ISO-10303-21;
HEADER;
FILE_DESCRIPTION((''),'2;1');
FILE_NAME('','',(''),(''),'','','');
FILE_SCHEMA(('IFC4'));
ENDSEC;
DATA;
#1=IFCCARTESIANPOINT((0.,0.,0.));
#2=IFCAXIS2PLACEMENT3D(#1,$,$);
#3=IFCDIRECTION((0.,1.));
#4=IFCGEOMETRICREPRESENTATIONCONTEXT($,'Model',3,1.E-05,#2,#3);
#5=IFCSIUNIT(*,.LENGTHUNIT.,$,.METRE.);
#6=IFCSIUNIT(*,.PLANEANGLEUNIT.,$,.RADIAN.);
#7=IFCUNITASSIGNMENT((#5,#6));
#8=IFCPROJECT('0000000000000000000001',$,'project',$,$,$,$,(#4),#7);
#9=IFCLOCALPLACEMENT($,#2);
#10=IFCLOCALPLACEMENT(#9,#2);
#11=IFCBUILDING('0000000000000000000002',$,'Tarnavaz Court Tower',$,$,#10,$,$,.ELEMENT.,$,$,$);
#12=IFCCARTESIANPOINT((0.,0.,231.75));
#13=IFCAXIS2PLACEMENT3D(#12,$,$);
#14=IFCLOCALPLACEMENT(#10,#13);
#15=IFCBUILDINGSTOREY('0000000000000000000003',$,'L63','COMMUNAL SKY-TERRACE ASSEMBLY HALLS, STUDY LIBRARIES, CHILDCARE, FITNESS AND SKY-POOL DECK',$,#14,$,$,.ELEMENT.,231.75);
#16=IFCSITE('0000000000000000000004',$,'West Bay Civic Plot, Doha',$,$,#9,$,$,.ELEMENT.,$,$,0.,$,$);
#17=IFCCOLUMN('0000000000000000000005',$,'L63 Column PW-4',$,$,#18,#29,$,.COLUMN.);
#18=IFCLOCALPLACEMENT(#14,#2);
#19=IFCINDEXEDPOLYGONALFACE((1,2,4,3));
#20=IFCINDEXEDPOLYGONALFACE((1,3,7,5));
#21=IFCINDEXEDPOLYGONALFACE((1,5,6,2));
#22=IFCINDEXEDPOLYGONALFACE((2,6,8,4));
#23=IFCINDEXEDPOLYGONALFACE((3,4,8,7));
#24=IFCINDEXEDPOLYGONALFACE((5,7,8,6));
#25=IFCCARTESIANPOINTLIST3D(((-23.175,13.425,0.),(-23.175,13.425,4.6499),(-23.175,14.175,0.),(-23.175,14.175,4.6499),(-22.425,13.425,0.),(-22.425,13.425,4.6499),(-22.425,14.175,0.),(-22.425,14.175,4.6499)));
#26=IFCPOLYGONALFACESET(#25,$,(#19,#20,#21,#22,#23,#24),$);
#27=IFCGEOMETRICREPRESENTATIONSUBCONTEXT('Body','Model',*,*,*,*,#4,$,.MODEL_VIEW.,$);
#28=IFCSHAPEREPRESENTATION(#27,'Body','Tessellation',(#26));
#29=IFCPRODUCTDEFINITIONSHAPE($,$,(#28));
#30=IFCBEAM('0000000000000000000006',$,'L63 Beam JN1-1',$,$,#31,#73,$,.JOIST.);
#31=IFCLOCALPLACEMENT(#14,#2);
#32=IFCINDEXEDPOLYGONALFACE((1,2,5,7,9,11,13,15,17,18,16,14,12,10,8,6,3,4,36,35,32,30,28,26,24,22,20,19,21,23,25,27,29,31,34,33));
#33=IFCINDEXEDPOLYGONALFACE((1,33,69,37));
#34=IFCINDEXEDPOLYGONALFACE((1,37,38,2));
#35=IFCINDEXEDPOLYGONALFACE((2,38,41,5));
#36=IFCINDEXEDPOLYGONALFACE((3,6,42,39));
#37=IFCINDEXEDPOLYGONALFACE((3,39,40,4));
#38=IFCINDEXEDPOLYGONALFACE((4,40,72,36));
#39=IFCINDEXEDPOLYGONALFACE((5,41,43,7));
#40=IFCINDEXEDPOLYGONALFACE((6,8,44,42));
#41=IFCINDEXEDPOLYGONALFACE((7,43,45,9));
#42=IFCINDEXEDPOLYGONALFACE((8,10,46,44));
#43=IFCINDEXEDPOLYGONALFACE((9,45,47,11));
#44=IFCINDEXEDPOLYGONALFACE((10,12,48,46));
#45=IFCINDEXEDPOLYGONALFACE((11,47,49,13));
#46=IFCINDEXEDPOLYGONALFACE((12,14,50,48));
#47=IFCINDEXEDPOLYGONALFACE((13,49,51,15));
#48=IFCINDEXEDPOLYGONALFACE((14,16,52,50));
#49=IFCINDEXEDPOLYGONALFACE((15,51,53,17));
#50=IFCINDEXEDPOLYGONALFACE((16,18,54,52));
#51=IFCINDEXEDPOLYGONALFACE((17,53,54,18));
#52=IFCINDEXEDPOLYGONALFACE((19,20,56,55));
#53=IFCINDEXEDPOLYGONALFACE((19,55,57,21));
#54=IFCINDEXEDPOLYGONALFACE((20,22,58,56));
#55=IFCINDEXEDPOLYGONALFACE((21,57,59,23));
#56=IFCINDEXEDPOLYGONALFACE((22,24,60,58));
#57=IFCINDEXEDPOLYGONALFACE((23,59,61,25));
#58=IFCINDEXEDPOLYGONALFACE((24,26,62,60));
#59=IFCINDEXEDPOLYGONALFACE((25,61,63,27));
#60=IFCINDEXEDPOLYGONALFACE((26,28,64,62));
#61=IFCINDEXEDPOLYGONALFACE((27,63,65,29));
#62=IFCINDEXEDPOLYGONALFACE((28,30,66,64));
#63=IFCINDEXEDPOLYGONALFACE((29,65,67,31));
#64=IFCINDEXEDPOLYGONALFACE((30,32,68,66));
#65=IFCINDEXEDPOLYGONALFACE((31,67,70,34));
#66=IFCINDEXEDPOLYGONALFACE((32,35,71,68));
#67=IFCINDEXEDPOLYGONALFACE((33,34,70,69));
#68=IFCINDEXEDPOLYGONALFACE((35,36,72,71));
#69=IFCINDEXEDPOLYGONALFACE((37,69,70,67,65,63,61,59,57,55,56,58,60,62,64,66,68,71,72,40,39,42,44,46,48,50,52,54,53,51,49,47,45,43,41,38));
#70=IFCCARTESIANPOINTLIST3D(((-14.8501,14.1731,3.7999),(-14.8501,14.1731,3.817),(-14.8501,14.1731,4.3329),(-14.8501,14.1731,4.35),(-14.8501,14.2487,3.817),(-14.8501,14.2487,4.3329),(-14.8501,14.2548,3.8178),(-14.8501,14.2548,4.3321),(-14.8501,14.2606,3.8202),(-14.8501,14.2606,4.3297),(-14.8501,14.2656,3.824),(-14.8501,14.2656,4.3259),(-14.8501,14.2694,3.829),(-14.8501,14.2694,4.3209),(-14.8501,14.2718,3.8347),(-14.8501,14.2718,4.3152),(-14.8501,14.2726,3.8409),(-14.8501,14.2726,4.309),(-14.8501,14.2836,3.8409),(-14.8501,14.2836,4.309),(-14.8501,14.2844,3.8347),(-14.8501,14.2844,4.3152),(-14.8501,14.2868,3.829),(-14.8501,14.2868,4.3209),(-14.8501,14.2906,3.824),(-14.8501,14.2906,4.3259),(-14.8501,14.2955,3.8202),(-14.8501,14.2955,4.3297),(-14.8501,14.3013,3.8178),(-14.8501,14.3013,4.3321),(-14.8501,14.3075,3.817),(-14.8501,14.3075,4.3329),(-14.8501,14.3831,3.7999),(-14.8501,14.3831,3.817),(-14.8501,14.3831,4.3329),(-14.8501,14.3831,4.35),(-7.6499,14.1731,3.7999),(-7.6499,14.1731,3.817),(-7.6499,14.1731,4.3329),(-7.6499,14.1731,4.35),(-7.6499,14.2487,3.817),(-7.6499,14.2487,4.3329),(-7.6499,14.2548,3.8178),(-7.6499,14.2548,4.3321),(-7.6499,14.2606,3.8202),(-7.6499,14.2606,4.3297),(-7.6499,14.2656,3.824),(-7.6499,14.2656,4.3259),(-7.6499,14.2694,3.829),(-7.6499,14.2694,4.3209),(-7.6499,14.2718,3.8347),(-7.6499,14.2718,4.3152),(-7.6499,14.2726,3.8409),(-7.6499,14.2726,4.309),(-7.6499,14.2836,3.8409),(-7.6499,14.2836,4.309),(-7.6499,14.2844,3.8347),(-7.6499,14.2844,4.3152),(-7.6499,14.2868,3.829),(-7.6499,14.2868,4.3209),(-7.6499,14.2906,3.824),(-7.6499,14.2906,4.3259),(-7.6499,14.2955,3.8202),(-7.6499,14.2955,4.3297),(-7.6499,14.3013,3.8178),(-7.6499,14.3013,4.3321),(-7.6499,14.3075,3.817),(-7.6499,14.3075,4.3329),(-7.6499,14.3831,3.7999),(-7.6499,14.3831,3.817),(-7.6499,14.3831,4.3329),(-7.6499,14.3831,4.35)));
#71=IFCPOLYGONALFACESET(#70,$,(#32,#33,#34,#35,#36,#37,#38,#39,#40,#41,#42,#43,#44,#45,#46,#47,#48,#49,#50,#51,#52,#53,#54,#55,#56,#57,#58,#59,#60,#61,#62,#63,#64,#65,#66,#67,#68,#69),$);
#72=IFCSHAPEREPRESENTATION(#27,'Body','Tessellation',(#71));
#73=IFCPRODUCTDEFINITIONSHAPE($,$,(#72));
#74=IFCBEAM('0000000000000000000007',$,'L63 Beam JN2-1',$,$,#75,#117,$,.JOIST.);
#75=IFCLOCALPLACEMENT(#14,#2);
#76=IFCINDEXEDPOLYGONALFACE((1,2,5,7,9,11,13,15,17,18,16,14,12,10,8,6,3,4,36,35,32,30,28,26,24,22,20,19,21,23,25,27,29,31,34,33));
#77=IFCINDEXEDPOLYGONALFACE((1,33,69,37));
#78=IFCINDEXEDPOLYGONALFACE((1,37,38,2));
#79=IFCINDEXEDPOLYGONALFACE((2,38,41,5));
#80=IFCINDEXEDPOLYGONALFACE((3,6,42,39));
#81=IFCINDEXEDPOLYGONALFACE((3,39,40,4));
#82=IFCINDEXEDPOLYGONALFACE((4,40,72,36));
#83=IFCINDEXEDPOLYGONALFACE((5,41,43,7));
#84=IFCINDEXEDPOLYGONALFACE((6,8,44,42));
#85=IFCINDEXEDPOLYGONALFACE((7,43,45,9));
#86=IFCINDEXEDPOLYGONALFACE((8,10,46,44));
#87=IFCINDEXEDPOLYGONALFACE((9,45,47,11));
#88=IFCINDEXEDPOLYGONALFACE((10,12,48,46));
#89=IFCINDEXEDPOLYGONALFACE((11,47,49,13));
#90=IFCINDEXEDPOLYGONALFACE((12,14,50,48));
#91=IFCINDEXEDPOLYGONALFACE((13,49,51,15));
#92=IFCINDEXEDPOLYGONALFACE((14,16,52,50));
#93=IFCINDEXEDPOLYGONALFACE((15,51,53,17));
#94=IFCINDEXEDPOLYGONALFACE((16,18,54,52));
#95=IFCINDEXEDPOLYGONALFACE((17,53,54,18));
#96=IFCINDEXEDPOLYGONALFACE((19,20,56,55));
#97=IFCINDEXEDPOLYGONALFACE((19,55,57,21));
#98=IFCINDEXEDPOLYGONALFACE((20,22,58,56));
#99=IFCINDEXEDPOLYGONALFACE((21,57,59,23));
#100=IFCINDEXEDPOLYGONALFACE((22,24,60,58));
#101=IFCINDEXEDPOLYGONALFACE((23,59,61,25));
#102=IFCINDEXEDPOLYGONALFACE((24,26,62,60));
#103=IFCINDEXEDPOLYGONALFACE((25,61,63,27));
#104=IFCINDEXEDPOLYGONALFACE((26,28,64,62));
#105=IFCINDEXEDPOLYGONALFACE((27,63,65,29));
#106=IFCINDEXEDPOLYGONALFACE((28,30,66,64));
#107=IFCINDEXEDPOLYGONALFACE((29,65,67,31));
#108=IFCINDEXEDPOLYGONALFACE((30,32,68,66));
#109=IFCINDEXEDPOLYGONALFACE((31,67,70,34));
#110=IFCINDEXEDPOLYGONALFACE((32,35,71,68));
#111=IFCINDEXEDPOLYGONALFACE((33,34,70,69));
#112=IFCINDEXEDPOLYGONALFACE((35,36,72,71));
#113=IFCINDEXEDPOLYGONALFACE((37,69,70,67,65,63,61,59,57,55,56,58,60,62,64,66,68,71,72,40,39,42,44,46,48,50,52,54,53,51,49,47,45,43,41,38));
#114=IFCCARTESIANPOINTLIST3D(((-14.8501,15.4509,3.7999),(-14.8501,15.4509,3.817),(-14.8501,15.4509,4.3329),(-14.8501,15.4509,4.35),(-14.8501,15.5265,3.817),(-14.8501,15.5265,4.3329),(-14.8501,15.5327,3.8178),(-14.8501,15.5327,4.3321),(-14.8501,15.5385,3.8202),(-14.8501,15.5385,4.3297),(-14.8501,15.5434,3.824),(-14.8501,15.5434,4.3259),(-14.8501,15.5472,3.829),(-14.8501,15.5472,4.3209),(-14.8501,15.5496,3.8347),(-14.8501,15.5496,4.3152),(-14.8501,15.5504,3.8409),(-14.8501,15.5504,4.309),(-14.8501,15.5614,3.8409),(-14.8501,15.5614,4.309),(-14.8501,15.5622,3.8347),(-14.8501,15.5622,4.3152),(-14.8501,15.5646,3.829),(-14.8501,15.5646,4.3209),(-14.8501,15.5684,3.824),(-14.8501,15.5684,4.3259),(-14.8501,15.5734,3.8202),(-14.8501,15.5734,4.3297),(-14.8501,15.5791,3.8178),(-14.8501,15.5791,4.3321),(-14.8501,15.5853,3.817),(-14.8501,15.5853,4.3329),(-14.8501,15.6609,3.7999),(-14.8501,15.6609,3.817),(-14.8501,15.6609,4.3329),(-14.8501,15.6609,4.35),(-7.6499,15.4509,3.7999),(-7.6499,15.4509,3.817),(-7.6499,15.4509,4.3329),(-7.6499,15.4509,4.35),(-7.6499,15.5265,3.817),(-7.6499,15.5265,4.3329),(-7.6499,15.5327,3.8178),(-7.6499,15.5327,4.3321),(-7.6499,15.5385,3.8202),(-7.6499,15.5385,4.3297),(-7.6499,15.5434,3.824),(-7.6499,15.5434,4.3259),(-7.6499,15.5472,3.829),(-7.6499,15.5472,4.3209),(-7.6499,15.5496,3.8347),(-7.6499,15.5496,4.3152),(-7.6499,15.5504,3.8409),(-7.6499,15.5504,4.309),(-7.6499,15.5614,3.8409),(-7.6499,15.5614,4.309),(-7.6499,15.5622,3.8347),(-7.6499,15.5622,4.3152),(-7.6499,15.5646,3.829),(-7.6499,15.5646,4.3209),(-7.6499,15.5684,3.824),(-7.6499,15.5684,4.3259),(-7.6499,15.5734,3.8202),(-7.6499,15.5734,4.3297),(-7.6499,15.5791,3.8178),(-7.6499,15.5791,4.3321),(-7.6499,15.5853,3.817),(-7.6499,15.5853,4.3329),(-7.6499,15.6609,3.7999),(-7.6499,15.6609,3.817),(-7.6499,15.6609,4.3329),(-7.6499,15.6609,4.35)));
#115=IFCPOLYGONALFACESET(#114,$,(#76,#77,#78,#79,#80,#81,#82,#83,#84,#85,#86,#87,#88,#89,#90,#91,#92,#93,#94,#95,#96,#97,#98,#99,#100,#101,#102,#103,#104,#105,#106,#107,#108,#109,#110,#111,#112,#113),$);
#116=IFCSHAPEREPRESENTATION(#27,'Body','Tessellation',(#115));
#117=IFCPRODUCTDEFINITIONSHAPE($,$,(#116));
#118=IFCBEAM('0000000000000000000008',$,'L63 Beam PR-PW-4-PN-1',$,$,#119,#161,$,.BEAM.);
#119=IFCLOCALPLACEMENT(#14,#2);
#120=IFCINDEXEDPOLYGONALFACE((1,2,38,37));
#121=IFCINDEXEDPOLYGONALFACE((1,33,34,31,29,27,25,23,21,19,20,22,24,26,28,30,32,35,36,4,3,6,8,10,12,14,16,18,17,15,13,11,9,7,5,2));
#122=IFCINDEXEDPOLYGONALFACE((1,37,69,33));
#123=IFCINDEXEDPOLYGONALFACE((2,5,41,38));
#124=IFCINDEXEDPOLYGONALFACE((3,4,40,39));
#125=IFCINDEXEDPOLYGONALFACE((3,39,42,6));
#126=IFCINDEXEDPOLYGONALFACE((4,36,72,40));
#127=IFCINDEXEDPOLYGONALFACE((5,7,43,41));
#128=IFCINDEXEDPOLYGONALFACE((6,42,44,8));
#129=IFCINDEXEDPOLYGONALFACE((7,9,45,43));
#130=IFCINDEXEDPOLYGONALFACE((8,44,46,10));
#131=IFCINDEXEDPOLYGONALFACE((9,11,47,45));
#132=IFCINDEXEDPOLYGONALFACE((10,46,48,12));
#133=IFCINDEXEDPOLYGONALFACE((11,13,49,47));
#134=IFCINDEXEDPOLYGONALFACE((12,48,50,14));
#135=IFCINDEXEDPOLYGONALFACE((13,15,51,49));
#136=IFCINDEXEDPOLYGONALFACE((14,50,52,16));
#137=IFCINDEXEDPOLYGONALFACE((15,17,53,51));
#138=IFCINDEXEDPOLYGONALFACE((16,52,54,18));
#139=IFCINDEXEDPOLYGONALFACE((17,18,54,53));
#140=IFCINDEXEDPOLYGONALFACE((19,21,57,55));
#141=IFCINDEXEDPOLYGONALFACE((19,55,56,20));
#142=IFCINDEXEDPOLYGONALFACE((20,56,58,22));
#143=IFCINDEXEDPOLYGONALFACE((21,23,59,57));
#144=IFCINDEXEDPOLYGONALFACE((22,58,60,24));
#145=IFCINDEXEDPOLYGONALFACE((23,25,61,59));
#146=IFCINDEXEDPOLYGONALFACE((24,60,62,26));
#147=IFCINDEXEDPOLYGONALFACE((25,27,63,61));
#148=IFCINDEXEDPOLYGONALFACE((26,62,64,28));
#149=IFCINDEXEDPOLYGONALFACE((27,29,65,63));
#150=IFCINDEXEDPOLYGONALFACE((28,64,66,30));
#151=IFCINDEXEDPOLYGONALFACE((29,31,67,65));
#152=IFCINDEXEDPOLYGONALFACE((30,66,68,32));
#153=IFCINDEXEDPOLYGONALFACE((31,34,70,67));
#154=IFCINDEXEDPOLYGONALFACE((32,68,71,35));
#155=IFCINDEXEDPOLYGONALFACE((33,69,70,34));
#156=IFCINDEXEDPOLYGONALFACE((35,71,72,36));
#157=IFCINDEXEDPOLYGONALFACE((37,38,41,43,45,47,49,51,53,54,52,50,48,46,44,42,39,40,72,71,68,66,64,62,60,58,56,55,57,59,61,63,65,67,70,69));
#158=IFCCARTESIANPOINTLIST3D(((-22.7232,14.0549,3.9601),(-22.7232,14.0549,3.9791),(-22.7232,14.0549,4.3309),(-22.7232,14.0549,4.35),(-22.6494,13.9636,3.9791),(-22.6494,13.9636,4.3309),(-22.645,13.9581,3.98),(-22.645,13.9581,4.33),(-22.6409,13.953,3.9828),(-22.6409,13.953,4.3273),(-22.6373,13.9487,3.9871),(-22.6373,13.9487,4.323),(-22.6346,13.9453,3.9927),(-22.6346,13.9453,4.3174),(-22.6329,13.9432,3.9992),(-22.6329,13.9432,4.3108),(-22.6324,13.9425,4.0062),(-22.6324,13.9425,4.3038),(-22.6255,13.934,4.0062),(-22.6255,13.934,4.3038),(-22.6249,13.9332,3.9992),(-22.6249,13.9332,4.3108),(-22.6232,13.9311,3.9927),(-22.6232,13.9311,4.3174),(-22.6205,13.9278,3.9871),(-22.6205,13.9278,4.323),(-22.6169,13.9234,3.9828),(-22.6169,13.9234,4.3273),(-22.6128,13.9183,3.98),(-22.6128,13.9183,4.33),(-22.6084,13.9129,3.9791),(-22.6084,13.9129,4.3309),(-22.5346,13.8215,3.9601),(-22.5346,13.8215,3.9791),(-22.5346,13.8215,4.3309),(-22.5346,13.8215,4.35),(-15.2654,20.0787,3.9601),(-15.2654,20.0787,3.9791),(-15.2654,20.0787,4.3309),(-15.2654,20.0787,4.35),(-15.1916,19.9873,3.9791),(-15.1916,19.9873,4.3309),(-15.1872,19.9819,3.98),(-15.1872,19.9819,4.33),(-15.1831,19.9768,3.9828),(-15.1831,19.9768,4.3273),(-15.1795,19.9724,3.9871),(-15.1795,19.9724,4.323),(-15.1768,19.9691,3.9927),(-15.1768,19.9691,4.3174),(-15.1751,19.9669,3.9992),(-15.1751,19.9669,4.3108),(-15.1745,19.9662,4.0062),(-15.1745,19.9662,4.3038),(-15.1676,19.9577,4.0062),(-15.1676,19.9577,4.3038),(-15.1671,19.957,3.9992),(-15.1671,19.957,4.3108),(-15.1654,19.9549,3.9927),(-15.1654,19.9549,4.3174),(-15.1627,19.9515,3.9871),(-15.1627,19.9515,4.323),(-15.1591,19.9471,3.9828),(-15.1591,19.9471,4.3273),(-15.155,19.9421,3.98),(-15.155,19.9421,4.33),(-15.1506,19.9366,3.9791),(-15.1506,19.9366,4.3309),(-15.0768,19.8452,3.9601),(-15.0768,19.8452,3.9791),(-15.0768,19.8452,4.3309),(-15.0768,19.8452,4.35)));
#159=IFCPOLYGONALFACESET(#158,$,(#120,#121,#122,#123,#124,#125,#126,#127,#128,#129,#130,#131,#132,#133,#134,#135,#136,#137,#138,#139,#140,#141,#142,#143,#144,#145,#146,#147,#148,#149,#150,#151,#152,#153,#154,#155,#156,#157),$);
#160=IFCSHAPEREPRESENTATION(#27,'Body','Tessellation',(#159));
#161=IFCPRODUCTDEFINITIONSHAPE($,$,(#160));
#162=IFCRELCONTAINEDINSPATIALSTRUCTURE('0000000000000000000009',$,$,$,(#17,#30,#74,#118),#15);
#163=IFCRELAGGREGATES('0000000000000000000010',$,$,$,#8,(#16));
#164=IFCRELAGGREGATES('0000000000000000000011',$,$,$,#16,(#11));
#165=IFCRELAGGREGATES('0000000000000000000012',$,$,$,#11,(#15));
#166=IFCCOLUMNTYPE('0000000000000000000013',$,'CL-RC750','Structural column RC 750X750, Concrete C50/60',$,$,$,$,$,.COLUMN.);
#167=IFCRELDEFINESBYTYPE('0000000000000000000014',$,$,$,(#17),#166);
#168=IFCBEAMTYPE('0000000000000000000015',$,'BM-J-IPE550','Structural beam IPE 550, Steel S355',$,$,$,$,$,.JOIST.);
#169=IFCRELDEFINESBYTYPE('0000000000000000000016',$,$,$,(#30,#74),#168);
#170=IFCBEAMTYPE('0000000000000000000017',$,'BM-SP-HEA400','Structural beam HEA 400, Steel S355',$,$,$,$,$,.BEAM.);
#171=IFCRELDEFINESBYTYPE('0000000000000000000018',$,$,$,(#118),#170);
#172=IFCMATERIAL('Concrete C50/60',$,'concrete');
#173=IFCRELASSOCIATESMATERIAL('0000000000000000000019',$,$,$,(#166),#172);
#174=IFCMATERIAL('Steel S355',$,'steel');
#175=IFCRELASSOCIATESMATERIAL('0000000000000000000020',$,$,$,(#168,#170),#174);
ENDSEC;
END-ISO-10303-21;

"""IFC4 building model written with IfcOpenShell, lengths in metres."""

from ifc_helpers import new_model, si_unit, direction, frame, origin, origin_2d, place, context, subcontext, project, spatial, rectangle, i_section, extrude, material, material_profile, profile_set, type_object, element, save


model = new_model("IFC4")

# Units and contexts
model_context = context("Model", 3, precision=1e-05, world=origin(), true_north=direction((0.0, 1.0)))
body_context = subcontext(model_context, "Body", "Model", "MODEL_VIEW")
ifc_project = project(units=[si_unit("LENGTHUNIT", "METRE"), si_unit("PLANEANGLEUNIT", "RADIAN")], contexts=[model_context])

# Site, building, storey
site_placement = place(None, origin())
site = spatial("IfcSite", under=ifc_project, at=site_placement, Name="West Bay Civic Plot, Doha", CompositionType="ELEMENT", RefElevation=0.0)
building_placement = place(site_placement, origin())
building = spatial("IfcBuilding", under=site, at=building_placement, Name="Tarnavaz Court Tower", CompositionType="ELEMENT")
storey_placement = place(building_placement, frame((0.0, 0.0, 231.75)))
storey = spatial("IfcBuildingStorey", under=building, at=storey_placement, Name="L63", Description="COMMUNAL SKY-TERRACE ASSEMBLY HALLS, STUDY LIBRARIES, CHILDCARE, FITNESS AND SKY-POOL DECK", CompositionType="ELEMENT", Elevation=231.75)

# Column
ifc_material_1 = material(Name="Concrete C50/60", Category="concrete")
ifc_material_profile_1 = material_profile(ifc_material_1, rectangle(XDim=0.75, YDim=0.75, at=origin_2d()), Name="RC 750X750")
ifc_profile_set_1 = profile_set([ifc_material_profile_1], Name="Concrete C50/60")
column_type = type_object("IfcColumnType", Name="CL-RC750", Description="Structural column RC 750X750, Concrete C50/60", PredefinedType="COLUMN", material=ifc_profile_set_1)
column_placement = place(storey_placement, frame((-22.8, 13.8, 0.0), z_axis=(0.0, 0.0, 1.0), x_axis=(1.0, 0.0, 0.0)))
element("IfcColumn", 1, at=column_placement, inside=storey, type_object=column_type, Name="L63 Column PW-4", PredefinedType="COLUMN", context=body_context, shape_type="SweptSolid", body=[
    extrude(rectangle(XDim=0.75, YDim=0.75, at=origin_2d()), origin(), (0.0, 0.0, 1.0), 4.6499),
])

# Beams
ifc_material_2 = material(Name="Steel S355", Category="steel")
ifc_material_profile_2 = material_profile(ifc_material_2, i_section(OverallWidth=0.21, OverallDepth=0.55, WebThickness=0.011, FlangeThickness=0.0171, FilletRadius=0.0239, at=origin_2d()), Name="IPE 550")
ifc_profile_set_2 = profile_set([ifc_material_profile_2], Name="Steel S355")
beam_type_1 = type_object("IfcBeamType", Name="BM-J-IPE550", Description="Structural beam IPE 550, Steel S355", PredefinedType="JOIST", material=ifc_profile_set_2)
for number, where, z_axis, x_axis, name in (
    (2, (-14.8501, 14.2781, 4.075), (1.0, 0.0, 0.0), (0.0, 1.0, 0.0), "L63 Beam JN1-1"),
    (3, (-14.8501, 15.5559, 4.075), (1.0, 0.0, 0.0), (0.0, 1.0, 0.0), "L63 Beam JN2-1"),
):
    element("IfcBeam", number, at=place(storey_placement, frame(where, z_axis=z_axis, x_axis=x_axis)), inside=storey, type_object=beam_type_1, Name=name, PredefinedType="JOIST", context=body_context, shape_type="SweptSolid", body=[
        extrude(i_section(OverallWidth=0.21, OverallDepth=0.55, WebThickness=0.011, FlangeThickness=0.0171, FilletRadius=0.0239, at=origin_2d()), origin(), (0.0, 0.0, 1.0), 7.2002),
    ])
ifc_material_profile_3 = material_profile(ifc_material_2, i_section(OverallWidth=0.3, OverallDepth=0.3899, WebThickness=0.011, FlangeThickness=0.019, FilletRadius=0.0271, at=origin_2d()), Name="HEA 400")
ifc_profile_set_3 = profile_set([ifc_material_profile_3], Name="Steel S355")
beam_type_2 = type_object("IfcBeamType", Name="BM-SP-HEA400", Description="Structural beam HEA 400, Steel S355", PredefinedType="BEAM", material=ifc_profile_set_3)
beam_placement = place(storey_placement, frame((-22.6289, 13.9382, 4.155), z_axis=(0.777936, 0.628344, 0.0), x_axis=(-0.628344, 0.777936, 0.0)))
element("IfcBeam", 4, at=beam_placement, inside=storey, type_object=beam_type_2, Name="L63 Beam PR-PW-4-PN-1", PredefinedType="BEAM", context=body_context, shape_type="SweptSolid", body=[
    extrude(i_section(OverallWidth=0.3, OverallDepth=0.3899, WebThickness=0.011, FlangeThickness=0.019, FilletRadius=0.0271, at=origin_2d()), origin(), (0.0, 0.0, 1.0), 9.5867),
])

save(model, "model.ifc")
